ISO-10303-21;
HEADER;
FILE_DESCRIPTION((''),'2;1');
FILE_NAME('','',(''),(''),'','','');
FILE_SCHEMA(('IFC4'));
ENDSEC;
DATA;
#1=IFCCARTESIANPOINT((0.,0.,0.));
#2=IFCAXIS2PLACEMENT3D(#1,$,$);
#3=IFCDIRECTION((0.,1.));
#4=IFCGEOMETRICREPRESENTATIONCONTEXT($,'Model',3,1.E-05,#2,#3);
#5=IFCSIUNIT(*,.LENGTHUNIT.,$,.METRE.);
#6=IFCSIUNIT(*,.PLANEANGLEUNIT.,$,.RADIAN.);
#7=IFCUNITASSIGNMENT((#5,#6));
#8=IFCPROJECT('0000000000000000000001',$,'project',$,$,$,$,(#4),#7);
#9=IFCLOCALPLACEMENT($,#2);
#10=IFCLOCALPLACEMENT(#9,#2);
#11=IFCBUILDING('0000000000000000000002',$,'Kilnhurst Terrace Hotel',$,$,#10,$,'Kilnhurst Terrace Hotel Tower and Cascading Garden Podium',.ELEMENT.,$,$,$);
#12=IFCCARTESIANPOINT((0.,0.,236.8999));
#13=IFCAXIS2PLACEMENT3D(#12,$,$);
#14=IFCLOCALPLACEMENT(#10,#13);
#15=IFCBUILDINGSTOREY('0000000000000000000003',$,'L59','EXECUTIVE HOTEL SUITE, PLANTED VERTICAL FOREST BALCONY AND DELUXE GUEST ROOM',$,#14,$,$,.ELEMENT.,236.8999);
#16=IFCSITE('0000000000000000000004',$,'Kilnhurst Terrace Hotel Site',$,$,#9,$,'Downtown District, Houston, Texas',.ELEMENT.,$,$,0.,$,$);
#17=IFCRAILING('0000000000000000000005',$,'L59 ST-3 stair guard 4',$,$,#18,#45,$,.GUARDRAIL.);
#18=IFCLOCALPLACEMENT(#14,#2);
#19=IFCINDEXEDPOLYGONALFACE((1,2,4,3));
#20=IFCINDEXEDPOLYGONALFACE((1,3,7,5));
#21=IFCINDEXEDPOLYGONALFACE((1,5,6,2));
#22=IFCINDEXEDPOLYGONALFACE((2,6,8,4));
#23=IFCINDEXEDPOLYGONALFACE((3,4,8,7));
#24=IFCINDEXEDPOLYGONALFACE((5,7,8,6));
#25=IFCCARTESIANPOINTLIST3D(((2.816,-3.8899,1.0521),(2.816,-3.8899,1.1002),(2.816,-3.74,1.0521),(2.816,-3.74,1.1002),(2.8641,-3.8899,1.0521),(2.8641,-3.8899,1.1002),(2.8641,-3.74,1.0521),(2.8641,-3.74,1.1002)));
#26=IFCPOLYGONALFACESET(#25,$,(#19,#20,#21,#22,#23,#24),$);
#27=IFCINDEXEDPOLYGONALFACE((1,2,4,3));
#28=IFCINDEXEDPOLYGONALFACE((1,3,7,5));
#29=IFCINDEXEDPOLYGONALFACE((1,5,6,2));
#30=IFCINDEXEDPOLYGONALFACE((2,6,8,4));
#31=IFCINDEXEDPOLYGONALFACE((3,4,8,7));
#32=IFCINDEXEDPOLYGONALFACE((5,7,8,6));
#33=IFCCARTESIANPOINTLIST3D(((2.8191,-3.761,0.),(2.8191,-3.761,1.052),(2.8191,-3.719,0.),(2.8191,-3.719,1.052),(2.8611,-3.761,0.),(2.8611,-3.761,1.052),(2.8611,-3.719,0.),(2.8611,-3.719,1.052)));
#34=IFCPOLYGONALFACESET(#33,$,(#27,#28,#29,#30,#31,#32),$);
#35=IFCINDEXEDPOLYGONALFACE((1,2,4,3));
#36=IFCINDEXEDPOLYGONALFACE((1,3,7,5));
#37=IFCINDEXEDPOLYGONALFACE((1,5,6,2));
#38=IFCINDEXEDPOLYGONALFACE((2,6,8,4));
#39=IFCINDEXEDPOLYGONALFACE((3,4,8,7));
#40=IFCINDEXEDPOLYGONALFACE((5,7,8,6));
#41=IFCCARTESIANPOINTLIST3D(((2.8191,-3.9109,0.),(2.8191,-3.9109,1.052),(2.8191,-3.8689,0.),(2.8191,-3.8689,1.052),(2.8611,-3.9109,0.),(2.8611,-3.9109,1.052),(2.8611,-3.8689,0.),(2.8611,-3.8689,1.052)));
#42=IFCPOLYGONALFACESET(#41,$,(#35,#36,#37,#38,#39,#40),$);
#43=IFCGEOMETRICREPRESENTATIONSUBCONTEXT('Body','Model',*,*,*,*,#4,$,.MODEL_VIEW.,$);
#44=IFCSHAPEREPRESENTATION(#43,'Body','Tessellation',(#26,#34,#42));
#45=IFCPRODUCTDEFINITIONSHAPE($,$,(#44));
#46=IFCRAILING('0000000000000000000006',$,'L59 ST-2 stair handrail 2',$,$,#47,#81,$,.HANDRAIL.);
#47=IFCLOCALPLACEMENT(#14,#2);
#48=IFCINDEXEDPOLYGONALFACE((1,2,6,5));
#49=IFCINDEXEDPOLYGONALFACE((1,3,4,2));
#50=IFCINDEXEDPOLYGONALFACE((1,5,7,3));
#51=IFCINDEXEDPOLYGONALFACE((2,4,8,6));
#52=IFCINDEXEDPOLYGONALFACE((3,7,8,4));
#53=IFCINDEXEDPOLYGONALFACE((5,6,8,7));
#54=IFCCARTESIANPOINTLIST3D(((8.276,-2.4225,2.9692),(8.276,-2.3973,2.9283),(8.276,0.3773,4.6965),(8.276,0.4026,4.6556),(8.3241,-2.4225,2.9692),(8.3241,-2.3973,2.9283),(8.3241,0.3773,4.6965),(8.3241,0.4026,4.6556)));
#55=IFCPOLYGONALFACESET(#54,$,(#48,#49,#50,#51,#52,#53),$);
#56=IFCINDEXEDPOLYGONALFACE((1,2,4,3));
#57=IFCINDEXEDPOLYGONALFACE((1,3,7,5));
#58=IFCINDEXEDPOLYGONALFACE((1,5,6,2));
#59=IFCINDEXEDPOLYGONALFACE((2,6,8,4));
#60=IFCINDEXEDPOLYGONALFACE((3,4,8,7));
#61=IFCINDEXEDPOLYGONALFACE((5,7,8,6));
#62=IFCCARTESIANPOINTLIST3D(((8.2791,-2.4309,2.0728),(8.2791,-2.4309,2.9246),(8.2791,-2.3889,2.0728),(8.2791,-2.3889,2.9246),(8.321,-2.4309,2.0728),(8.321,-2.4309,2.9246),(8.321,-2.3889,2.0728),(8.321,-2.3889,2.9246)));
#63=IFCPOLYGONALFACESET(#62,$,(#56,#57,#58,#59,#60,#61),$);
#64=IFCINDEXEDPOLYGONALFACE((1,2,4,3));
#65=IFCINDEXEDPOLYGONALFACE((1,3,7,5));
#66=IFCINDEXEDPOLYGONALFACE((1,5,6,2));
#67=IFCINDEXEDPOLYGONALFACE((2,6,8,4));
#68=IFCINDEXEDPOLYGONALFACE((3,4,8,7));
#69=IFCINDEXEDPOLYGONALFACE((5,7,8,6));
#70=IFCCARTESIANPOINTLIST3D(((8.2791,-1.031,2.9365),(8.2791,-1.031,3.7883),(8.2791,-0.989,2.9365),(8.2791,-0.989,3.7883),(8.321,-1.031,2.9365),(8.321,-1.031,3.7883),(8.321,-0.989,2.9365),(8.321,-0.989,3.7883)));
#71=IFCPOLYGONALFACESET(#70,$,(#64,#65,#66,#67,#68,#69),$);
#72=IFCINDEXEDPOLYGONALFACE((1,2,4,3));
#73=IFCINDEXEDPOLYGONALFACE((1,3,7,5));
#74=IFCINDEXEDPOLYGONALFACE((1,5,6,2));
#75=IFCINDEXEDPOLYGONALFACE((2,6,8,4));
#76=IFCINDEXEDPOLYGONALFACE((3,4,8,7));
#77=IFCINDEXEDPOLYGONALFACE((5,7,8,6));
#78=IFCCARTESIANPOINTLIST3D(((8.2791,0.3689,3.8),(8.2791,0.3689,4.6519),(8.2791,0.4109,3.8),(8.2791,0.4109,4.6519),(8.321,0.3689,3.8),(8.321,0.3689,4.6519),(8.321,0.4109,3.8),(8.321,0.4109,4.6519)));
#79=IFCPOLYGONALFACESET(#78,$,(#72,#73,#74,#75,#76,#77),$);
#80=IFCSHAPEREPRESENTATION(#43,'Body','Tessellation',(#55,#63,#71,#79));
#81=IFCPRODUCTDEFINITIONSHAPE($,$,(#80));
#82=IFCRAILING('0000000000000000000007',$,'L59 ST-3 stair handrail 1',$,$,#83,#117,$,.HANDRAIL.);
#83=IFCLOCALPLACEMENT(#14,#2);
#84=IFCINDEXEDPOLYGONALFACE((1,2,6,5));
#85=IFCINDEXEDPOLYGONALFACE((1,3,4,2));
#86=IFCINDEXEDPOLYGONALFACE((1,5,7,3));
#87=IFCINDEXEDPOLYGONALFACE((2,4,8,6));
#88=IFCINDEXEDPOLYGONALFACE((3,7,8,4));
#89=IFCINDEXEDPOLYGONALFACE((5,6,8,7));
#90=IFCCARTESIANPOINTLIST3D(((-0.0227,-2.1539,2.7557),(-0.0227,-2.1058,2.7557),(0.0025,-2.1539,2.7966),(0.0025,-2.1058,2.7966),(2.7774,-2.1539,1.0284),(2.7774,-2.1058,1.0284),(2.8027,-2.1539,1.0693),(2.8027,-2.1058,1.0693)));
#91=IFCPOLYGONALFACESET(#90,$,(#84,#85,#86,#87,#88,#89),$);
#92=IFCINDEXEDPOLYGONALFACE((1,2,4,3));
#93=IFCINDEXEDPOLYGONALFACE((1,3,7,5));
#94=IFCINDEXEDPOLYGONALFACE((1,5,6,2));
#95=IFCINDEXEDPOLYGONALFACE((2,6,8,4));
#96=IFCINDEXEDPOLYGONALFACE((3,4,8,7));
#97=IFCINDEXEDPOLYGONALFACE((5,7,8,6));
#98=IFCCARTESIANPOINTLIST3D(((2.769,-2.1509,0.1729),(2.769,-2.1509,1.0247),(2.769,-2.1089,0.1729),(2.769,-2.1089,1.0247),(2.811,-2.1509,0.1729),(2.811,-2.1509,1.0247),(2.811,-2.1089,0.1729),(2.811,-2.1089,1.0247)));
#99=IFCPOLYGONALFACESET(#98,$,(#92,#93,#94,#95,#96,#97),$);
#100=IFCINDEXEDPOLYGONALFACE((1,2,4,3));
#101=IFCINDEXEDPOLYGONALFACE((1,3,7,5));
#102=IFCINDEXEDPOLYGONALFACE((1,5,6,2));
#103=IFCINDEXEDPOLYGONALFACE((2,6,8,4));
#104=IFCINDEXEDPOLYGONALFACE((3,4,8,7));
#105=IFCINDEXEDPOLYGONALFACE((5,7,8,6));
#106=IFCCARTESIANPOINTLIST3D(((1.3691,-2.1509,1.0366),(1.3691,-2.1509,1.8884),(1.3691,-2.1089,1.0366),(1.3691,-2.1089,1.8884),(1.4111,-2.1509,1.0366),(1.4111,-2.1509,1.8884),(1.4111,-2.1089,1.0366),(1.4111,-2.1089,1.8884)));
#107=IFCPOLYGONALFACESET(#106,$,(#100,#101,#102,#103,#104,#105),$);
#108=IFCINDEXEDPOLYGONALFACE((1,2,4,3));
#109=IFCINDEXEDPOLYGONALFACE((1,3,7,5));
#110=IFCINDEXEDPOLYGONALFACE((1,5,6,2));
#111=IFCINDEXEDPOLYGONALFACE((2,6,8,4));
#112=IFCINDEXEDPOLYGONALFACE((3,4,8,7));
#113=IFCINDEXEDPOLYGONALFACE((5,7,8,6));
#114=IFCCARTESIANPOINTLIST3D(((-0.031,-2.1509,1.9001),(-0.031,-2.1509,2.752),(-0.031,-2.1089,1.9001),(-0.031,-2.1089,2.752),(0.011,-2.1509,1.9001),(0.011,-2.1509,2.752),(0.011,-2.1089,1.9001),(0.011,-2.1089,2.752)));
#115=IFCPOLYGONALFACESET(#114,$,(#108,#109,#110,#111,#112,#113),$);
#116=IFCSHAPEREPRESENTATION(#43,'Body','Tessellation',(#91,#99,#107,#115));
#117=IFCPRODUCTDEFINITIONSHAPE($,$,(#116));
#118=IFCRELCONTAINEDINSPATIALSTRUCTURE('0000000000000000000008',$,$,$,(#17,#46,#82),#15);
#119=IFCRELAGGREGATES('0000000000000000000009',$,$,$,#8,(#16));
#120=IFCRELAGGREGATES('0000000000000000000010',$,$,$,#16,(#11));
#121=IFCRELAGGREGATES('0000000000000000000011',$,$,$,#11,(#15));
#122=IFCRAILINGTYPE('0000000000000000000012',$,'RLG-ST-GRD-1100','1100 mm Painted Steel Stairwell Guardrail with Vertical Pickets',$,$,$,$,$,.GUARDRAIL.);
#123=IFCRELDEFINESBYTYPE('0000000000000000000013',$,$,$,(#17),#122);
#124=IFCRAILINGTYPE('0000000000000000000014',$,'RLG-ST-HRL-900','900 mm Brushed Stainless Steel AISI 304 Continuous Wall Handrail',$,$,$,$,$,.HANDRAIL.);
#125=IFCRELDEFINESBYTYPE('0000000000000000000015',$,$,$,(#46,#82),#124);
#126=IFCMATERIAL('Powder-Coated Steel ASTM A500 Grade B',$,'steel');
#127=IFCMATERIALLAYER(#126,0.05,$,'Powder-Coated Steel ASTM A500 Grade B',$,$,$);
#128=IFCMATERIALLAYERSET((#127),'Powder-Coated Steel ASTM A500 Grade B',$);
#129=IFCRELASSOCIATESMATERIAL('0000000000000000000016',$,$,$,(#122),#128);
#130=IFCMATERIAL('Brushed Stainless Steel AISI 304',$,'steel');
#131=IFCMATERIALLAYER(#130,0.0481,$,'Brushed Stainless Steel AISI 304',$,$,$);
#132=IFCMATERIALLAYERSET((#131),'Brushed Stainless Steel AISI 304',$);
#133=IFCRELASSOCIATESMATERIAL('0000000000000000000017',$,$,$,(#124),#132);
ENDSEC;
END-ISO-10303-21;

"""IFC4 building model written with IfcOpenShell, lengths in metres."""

from ifc_helpers import new_model, si_unit, direction, frame, origin, origin_2d, place, context, subcontext, project, spatial, rectangle, extrude, material, layer, layer_set, type_object, element, save


model = new_model("IFC4")

# Units and contexts
model_context = context("Model", 3, precision=1e-05, world=origin(), true_north=direction((0.0, 1.0)))
body_context = subcontext(model_context, "Body", "Model", "MODEL_VIEW")
ifc_project = project(units=[si_unit("LENGTHUNIT", "METRE"), si_unit("PLANEANGLEUNIT", "RADIAN")], contexts=[model_context])

# Site, building, storey
site_placement = place(None, origin())
site = spatial("IfcSite", under=ifc_project, at=site_placement, Name="Kilnhurst Terrace Hotel Site", LongName="Downtown District, Houston, Texas", CompositionType="ELEMENT", RefElevation=0.0)
building_placement = place(site_placement, origin())
building = spatial("IfcBuilding", under=site, at=building_placement, Name="Kilnhurst Terrace Hotel", LongName="Kilnhurst Terrace Hotel Tower and Cascading Garden Podium", CompositionType="ELEMENT")
storey_placement = place(building_placement, frame((0.0, 0.0, 236.8999)))
storey = spatial("IfcBuildingStorey", under=building, at=storey_placement, Name="L59", Description="EXECUTIVE HOTEL SUITE, PLANTED VERTICAL FOREST BALCONY AND DELUXE GUEST ROOM", CompositionType="ELEMENT", Elevation=236.8999)

# Railings
ifc_material_1 = material(Name="Powder-Coated Steel ASTM A500 Grade B", Category="steel")
ifc_layer_1 = layer(ifc_material_1, 0.05, Name="Powder-Coated Steel ASTM A500 Grade B")
ifc_layer_set_1 = layer_set([ifc_layer_1], Name="Powder-Coated Steel ASTM A500 Grade B")
railing_type_1 = type_object("IfcRailingType", Name="RLG-ST-GRD-1100", Description="1100 mm Painted Steel Stairwell Guardrail with Vertical Pickets", PredefinedType="GUARDRAIL", material=ifc_layer_set_1)
railing_1_placement = place(storey_placement, frame((2.8401, -3.74, 0.0)))
element("IfcRailing", 1, at=railing_1_placement, inside=storey, type_object=railing_type_1, Name="L59 ST-3 stair guard 4", PredefinedType="GUARDRAIL", context=body_context, shape_type="SweptSolid", body=[
    extrude(rectangle(XDim=0.0481, YDim=0.0481, at=origin_2d()), frame((0.0, 0.0, 1.0762), z_axis=(0.0, -1.0, 0.0), x_axis=(1.0, 0.0, 0.0)), (0.0, 0.0, 1.0), 0.1499),
    extrude(rectangle(XDim=0.042, YDim=0.042, at=origin_2d()), origin(), (0.0, 0.0, 1.0), 1.052),
    extrude(rectangle(XDim=0.042, YDim=0.042, at=origin_2d()), frame((0.0, -0.1499, 0.0)), (0.0, 0.0, 1.0), 1.052),
])
ifc_material_2 = material(Name="Brushed Stainless Steel AISI 304", Category="steel")
ifc_layer_2 = layer(ifc_material_2, 0.0481, Name="Brushed Stainless Steel AISI 304")
ifc_layer_set_2 = layer_set([ifc_layer_2], Name="Brushed Stainless Steel AISI 304")
railing_type_2 = type_object("IfcRailingType", Name="RLG-ST-HRL-900", Description="900 mm Brushed Stainless Steel AISI 304 Continuous Wall Handrail", PredefinedType="HANDRAIL", material=ifc_layer_set_2)
railing_2_placement = place(storey_placement, frame((8.3, -2.4099, 2.0728)))
element("IfcRailing", 2, at=railing_2_placement, inside=storey, type_object=railing_type_2, Name="L59 ST-2 stair handrail 2", PredefinedType="HANDRAIL", context=body_context, shape_type="SweptSolid", body=[
    extrude(rectangle(XDim=0.0481, YDim=0.0481, at=origin_2d()), frame((0.0, 0.0, 0.876), z_axis=(0.0, 0.851069, 0.525054), x_axis=(-1.0, 0.0, 0.0)), (0.0, 0.0, 1.0), 3.2898),
    extrude(rectangle(XDim=0.042, YDim=0.042, at=origin_2d()), origin(), (0.0, 0.0, 1.0), 0.8518),
    extrude(rectangle(XDim=0.042, YDim=0.042, at=origin_2d()), frame((0.0, 1.3999, 0.8638)), (0.0, 0.0, 1.0), 0.8518),
    extrude(rectangle(XDim=0.042, YDim=0.042, at=origin_2d()), frame((0.0, 2.7998, 1.7273)), (0.0, 0.0, 1.0), 0.8518),
])
railing_3_placement = place(storey_placement, frame((2.79, -2.1299, 0.1729)))
element("IfcRailing", 3, at=railing_3_placement, inside=storey, type_object=railing_type_2, Name="L59 ST-3 stair handrail 1", PredefinedType="HANDRAIL", context=body_context, shape_type="SweptSolid", body=[
    extrude(rectangle(XDim=0.0481, YDim=0.0481, at=origin_2d()), frame((0.0, 0.0, 0.876), z_axis=(-0.85109, 0.0, 0.52502), x_axis=(0.0, -1.0, 0.0)), (0.0, 0.0, 1.0), 3.29),
    extrude(rectangle(XDim=0.042, YDim=0.042, at=origin_2d()), origin(), (0.0, 0.0, 1.0), 0.8518),
    extrude(rectangle(XDim=0.042, YDim=0.042, at=origin_2d()), frame((-1.3999, 0.0, 0.8638)), (0.0, 0.0, 1.0), 0.8518),
    extrude(rectangle(XDim=0.042, YDim=0.042, at=origin_2d()), frame((-2.8, 0.0, 1.7273)), (0.0, 0.0, 1.0), 0.8518),
])

save(model, "model.ifc")
